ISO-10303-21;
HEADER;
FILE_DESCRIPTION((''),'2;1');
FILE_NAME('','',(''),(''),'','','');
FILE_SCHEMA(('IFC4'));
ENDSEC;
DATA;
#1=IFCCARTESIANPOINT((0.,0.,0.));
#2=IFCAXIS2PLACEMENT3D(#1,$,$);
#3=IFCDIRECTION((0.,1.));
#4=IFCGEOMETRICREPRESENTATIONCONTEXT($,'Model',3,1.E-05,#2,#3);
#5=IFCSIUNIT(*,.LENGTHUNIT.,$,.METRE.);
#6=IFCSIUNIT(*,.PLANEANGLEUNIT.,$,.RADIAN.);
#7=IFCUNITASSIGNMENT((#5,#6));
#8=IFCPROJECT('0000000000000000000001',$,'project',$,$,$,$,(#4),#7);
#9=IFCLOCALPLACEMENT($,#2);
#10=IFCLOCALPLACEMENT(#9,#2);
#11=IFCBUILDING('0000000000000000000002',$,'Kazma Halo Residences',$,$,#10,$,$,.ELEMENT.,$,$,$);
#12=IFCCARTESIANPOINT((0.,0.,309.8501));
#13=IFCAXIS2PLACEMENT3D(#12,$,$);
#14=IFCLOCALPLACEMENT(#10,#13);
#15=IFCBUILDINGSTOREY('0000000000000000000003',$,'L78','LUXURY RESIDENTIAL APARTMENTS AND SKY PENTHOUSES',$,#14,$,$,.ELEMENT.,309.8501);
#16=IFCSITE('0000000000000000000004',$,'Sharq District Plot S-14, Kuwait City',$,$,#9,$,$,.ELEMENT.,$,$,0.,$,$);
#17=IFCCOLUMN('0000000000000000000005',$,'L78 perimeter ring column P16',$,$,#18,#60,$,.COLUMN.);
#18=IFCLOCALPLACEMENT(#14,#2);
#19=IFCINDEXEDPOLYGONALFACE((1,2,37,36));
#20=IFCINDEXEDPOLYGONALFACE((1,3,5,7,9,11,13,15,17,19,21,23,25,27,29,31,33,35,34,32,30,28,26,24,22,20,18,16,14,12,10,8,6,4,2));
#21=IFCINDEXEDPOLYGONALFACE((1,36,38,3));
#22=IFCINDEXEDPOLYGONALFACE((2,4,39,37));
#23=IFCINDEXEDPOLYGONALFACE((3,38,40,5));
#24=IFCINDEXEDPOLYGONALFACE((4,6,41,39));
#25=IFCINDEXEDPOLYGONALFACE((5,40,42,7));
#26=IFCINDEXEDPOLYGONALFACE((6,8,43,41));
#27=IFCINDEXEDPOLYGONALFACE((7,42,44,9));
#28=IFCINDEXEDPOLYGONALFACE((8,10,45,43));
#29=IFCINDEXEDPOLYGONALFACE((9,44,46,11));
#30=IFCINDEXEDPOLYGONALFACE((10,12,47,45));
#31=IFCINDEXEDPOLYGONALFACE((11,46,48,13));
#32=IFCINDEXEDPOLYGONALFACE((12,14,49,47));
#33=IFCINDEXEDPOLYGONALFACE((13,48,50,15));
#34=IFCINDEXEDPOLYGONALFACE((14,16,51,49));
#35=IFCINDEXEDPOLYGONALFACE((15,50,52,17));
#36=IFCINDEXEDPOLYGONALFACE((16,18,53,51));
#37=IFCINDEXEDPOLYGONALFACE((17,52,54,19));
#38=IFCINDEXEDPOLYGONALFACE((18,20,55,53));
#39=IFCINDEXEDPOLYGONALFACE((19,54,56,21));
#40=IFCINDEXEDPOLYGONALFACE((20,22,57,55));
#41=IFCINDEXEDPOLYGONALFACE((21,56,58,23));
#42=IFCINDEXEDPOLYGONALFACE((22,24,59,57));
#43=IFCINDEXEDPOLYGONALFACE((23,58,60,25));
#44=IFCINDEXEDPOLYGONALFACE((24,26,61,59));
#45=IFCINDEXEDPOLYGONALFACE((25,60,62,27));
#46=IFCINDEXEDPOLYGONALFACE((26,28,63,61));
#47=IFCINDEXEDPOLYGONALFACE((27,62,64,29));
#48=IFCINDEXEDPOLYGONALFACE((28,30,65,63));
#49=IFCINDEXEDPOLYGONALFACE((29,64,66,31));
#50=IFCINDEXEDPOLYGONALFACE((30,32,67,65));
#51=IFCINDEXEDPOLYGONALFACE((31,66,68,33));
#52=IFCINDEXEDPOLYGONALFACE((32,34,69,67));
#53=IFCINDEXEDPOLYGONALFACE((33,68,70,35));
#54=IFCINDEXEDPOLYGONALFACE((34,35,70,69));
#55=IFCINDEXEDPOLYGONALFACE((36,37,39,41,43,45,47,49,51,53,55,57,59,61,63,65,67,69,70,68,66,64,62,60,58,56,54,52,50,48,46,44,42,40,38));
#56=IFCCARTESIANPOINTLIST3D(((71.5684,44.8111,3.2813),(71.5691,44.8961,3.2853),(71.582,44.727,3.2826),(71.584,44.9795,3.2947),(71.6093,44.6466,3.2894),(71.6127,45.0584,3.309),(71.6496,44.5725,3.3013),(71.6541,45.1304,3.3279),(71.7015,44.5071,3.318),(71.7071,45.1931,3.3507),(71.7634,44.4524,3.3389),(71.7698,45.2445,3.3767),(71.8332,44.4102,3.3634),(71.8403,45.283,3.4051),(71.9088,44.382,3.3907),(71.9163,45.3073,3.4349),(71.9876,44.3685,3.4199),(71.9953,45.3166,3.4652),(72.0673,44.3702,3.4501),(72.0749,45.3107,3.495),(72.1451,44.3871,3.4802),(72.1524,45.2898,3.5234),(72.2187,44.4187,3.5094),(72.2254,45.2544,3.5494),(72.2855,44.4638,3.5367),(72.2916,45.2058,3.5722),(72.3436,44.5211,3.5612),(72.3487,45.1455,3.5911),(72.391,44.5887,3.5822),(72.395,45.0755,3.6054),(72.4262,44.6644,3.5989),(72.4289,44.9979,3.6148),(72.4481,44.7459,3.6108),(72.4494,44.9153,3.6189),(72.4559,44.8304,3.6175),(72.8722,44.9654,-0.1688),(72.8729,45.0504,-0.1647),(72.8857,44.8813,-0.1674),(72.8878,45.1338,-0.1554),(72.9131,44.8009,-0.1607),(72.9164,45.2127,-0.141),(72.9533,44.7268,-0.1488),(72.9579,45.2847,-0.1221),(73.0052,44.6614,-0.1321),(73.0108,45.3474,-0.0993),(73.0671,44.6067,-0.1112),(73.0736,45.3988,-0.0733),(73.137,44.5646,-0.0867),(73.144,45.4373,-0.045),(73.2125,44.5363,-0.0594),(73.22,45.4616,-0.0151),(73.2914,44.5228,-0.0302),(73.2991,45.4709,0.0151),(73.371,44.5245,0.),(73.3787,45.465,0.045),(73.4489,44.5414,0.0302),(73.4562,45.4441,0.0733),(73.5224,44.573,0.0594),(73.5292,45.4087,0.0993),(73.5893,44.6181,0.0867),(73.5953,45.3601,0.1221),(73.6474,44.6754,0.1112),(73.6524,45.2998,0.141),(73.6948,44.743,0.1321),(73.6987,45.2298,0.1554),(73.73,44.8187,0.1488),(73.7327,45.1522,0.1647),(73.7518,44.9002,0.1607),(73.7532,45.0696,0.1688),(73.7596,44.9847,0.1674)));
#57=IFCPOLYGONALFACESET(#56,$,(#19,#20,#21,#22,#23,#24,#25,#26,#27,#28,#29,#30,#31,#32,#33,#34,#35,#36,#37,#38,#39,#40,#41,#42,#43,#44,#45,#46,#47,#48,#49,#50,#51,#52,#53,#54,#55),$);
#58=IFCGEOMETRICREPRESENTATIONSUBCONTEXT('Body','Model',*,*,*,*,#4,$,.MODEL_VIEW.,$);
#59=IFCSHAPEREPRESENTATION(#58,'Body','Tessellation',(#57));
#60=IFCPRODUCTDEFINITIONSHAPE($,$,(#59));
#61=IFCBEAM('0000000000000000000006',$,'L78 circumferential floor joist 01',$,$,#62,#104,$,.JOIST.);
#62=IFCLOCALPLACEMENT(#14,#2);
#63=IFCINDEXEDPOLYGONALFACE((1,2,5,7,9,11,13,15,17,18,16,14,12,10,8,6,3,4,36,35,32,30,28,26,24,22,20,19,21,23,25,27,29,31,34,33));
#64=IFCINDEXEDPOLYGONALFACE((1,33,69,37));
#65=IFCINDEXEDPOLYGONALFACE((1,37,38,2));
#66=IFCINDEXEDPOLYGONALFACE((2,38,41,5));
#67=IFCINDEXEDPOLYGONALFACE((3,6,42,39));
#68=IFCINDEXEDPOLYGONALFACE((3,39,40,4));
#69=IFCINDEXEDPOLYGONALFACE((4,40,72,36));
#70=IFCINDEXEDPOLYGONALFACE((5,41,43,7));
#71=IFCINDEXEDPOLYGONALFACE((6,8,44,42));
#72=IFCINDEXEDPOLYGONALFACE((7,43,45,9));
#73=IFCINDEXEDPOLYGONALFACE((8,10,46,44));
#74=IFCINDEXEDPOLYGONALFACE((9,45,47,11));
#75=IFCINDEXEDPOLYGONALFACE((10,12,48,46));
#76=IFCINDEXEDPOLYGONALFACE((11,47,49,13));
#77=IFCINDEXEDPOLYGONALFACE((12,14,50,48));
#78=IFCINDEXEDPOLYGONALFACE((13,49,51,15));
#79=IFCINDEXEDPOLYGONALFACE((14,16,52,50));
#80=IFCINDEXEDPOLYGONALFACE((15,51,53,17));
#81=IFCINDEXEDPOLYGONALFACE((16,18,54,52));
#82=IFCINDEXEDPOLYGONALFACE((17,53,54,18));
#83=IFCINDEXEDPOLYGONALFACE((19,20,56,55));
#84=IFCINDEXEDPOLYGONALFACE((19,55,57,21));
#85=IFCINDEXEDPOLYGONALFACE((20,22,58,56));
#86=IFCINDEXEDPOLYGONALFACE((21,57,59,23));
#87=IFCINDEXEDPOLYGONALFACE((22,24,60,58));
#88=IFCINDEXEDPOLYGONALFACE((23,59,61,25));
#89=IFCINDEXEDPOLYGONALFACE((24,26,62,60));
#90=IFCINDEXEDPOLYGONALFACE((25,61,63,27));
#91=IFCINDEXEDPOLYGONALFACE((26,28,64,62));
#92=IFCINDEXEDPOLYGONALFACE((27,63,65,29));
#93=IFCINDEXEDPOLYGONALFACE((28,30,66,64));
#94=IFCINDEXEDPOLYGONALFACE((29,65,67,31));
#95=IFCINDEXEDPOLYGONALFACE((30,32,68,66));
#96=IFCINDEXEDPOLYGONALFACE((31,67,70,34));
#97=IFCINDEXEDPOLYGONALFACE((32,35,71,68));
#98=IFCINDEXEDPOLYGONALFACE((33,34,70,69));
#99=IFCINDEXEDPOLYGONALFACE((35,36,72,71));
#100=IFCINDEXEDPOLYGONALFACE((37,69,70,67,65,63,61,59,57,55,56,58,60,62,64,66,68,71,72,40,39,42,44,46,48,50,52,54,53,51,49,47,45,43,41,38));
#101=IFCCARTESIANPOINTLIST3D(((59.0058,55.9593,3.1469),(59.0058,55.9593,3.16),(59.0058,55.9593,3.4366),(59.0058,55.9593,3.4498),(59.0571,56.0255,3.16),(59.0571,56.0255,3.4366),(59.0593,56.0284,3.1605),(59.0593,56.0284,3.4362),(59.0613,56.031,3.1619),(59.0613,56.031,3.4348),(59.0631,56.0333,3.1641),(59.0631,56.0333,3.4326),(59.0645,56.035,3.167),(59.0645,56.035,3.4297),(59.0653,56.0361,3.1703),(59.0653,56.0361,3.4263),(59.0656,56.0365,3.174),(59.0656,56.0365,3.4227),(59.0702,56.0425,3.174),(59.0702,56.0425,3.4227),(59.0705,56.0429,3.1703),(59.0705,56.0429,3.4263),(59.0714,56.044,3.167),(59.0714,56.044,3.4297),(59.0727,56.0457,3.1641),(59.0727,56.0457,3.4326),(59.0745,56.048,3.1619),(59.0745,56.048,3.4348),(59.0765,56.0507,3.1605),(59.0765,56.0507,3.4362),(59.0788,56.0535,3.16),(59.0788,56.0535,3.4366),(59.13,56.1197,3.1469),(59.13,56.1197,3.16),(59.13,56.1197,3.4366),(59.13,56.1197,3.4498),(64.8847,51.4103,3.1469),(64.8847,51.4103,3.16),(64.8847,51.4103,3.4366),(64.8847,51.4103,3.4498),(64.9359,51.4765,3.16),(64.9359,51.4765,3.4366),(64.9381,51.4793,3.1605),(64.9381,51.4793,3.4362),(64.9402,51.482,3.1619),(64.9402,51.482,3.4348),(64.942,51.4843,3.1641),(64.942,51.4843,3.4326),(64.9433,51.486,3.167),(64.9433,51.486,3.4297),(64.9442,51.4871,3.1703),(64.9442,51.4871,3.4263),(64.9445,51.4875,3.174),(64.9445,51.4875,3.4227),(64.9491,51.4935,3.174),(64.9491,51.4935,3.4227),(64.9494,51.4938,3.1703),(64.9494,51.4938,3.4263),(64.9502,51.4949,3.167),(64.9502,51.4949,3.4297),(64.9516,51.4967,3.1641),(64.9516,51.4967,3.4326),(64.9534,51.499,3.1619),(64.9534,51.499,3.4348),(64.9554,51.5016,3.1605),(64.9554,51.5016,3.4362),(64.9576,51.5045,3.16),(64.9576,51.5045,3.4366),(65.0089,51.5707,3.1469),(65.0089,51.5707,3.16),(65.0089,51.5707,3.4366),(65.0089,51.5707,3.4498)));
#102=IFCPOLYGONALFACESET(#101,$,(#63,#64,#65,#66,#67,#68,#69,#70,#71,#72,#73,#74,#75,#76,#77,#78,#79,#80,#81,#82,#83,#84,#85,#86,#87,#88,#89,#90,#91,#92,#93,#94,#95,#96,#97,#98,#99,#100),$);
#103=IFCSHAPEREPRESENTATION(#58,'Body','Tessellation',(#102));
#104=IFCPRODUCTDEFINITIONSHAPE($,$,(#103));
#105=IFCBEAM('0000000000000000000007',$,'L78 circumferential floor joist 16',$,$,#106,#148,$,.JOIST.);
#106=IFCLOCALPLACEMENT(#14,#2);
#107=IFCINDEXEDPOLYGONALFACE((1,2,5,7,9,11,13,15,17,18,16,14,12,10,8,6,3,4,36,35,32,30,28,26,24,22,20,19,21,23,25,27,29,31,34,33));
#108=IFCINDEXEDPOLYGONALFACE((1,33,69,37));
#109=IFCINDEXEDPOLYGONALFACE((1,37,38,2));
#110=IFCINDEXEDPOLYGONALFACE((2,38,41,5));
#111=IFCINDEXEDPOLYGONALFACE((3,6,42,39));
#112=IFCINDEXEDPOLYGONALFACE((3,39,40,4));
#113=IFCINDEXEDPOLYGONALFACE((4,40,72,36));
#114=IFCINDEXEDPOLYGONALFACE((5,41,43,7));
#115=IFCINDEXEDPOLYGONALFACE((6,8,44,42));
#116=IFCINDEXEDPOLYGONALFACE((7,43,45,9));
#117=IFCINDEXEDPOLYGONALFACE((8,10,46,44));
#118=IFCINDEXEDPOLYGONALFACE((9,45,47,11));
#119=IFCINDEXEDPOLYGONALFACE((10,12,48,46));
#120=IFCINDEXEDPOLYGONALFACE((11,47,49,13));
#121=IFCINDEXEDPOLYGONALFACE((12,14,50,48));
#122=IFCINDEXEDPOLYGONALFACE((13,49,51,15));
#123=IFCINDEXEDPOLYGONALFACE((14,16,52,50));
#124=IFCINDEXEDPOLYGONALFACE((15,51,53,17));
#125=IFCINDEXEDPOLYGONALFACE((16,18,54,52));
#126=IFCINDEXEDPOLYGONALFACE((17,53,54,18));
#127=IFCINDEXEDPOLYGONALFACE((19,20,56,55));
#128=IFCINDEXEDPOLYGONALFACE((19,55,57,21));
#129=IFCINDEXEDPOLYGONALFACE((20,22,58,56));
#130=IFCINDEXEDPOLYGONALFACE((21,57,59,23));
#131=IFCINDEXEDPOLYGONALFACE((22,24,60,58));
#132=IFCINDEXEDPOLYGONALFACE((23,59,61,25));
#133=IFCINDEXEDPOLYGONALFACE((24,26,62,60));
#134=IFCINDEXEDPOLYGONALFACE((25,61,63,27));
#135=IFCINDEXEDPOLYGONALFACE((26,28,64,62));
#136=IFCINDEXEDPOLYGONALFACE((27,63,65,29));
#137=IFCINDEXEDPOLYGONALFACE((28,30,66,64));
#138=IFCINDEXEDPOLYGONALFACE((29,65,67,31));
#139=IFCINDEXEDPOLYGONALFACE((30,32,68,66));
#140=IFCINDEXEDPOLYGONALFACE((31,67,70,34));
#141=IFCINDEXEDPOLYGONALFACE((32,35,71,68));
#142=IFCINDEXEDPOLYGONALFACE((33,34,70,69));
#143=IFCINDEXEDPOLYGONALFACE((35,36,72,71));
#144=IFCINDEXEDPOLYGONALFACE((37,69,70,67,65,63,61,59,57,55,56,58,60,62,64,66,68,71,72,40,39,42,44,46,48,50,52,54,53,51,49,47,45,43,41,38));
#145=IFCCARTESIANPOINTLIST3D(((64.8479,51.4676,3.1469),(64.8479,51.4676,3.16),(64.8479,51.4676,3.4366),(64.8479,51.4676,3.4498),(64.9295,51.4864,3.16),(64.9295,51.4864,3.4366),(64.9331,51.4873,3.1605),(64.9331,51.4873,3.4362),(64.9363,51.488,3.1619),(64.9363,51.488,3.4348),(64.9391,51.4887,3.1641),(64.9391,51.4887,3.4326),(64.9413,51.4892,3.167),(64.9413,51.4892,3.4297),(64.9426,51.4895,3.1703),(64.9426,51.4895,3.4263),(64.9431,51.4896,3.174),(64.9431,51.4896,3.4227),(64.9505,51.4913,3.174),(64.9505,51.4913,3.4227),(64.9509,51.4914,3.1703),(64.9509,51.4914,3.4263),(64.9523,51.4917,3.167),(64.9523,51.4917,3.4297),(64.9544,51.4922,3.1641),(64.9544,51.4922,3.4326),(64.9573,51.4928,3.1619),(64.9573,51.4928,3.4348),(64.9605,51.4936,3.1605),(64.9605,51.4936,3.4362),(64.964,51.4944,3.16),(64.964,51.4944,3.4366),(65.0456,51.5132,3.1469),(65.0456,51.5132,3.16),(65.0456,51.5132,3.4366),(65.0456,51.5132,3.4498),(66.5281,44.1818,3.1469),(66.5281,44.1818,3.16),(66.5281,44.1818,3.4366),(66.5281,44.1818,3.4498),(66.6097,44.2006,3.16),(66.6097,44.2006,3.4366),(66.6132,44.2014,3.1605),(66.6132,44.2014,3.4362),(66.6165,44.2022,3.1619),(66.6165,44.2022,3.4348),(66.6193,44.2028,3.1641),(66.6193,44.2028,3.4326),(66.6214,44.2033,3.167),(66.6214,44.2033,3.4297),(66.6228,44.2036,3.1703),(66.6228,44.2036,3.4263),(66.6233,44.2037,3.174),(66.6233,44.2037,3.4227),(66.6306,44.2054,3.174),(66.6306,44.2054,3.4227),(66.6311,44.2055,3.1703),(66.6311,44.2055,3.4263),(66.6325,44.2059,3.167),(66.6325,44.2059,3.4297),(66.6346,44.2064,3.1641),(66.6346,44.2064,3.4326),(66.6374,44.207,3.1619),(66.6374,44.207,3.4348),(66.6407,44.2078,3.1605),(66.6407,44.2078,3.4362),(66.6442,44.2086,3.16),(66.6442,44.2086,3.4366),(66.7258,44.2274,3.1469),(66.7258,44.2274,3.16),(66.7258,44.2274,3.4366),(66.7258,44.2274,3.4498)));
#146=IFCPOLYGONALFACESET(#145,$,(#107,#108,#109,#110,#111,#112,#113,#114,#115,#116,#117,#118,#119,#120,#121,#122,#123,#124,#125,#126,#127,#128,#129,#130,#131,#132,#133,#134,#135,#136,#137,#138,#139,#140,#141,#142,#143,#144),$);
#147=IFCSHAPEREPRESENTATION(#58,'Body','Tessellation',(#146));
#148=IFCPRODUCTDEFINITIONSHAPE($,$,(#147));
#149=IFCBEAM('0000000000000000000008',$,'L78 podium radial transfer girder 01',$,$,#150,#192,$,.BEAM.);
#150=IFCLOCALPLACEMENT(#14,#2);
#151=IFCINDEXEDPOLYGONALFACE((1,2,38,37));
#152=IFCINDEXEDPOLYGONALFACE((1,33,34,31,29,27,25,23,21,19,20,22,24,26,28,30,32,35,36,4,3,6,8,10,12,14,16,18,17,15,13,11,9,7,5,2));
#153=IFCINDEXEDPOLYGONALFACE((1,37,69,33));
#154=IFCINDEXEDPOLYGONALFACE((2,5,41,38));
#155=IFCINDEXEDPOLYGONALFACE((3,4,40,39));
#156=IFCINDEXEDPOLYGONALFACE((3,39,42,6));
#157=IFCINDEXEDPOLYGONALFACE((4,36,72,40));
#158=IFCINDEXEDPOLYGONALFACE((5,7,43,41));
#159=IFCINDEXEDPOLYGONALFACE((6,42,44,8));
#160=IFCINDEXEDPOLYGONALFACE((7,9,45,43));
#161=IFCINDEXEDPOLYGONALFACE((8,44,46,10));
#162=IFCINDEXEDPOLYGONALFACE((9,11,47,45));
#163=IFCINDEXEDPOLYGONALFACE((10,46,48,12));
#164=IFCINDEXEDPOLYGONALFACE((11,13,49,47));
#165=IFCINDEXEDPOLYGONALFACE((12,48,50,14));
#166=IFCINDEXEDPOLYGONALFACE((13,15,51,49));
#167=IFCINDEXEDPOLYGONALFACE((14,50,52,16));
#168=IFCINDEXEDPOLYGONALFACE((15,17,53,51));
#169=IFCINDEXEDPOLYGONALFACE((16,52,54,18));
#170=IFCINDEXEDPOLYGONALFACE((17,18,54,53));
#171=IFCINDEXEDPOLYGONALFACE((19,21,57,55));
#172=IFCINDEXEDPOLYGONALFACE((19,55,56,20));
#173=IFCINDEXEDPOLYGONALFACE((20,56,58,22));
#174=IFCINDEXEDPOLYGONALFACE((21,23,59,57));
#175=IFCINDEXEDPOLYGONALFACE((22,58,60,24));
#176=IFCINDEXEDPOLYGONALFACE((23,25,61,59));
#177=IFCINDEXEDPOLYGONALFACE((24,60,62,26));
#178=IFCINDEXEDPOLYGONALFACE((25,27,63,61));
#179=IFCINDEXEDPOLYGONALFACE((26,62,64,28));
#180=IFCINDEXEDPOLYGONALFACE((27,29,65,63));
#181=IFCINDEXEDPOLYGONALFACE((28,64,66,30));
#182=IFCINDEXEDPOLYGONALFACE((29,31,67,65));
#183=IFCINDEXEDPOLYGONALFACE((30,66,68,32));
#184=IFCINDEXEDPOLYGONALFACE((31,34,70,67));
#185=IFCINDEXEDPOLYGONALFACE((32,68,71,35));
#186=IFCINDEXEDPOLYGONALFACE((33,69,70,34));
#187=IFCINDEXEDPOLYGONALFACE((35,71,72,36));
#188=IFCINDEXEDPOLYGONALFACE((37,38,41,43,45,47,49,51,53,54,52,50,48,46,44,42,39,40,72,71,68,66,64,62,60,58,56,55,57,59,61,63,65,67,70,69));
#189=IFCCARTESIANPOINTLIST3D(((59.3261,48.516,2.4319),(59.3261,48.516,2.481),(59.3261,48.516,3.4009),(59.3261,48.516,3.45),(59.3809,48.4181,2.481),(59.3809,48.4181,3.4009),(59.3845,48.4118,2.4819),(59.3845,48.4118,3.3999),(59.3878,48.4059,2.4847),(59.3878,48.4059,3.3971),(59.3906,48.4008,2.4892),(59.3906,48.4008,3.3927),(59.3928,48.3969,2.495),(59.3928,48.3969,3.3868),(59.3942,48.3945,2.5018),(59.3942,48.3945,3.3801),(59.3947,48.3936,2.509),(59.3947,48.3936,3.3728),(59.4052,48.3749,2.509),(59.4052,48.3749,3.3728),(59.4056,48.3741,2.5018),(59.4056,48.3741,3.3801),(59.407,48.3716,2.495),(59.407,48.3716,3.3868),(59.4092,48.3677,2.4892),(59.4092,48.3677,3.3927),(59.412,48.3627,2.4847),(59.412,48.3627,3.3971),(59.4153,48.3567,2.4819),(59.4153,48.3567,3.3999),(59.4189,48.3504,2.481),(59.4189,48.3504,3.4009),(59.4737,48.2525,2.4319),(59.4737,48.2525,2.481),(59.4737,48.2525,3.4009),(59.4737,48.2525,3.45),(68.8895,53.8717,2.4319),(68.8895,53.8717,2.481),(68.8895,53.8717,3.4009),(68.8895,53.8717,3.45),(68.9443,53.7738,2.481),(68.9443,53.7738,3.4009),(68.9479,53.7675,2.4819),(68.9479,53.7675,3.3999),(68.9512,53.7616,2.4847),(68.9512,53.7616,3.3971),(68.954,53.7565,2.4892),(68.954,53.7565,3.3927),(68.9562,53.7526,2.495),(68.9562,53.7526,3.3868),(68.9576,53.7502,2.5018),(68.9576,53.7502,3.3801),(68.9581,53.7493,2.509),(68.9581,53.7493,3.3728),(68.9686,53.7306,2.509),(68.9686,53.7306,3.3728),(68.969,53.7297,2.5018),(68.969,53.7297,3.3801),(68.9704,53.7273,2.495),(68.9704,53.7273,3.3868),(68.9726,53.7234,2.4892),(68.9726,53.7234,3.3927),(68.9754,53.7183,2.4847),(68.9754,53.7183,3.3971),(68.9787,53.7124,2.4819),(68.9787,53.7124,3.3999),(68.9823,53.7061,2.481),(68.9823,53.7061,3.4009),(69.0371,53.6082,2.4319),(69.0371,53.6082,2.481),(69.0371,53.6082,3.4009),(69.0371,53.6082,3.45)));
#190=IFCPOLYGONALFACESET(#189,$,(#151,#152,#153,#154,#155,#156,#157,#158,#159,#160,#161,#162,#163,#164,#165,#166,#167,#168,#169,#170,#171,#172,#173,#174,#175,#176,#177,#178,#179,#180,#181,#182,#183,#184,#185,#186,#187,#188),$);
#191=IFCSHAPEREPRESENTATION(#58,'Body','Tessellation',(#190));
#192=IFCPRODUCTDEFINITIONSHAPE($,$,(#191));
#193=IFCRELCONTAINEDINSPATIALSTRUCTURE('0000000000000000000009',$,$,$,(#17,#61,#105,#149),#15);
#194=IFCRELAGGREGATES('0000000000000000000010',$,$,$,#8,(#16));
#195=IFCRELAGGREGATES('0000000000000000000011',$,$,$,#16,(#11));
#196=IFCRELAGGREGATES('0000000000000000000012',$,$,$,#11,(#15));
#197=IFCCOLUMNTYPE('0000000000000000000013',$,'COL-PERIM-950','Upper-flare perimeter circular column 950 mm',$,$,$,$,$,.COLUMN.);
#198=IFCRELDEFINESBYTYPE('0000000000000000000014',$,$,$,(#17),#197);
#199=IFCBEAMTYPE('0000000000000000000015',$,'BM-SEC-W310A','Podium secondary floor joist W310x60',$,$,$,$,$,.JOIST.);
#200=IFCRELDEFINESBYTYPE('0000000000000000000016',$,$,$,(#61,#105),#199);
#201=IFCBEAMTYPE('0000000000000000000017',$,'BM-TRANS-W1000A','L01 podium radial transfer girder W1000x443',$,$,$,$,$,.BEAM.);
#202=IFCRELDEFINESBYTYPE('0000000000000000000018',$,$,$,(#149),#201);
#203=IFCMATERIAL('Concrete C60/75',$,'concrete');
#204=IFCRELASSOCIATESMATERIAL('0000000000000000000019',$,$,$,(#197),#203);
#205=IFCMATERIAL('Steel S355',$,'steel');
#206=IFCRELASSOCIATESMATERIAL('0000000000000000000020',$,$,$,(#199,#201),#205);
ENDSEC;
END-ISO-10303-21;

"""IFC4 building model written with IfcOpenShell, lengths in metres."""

from ifc_helpers import new_model, si_unit, direction, frame, origin, origin_2d, place, context, subcontext, project, spatial, circle, i_section, extrude, material, material_profile, profile_set, type_object, element, save


model = new_model("IFC4")

# Units and contexts
model_context = context("Model", 3, precision=1e-05, world=origin(), true_north=direction((0.0, 1.0)))
body_context = subcontext(model_context, "Body", "Model", "MODEL_VIEW")
ifc_project = project(units=[si_unit("LENGTHUNIT", "METRE"), si_unit("PLANEANGLEUNIT", "RADIAN")], contexts=[model_context])

# Site, building, storey
site_placement = place(None, origin())
site = spatial("IfcSite", under=ifc_project, at=site_placement, Name="Sharq District Plot S-14, Kuwait City", CompositionType="ELEMENT", RefElevation=0.0)
building_placement = place(site_placement, origin())
building = spatial("IfcBuilding", under=site, at=building_placement, Name="Kazma Halo Residences", CompositionType="ELEMENT")
storey_placement = place(building_placement, frame((0.0, 0.0, 309.8501)))
storey = spatial("IfcBuildingStorey", under=building, at=storey_placement, Name="L78", Description="LUXURY RESIDENTIAL APARTMENTS AND SKY PENTHOUSES", CompositionType="ELEMENT", Elevation=309.8501)

# Column
ifc_material_1 = material(Name="Concrete C60/75", Category="concrete")
ifc_material_profile_1 = material_profile(ifc_material_1, circle(Radius=0.4751, at=origin_2d()), Name="CIRC950")
ifc_profile_set_1 = profile_set([ifc_material_profile_1], Name="Concrete C60/75")
column_type = type_object("IfcColumnType", Name="COL-PERIM-950", Description="Upper-flare perimeter circular column 950 mm", PredefinedType="COLUMN", material=ifc_profile_set_1)
column_placement = place(storey_placement, frame((73.3152, 44.9963, 0.0), z_axis=(-0.353186, -0.0418, 0.934619), x_axis=(0.117532, -0.993069, 0.0)))
element("IfcColumn", 1, at=column_placement, inside=storey, type_object=column_type, Name="L78 perimeter ring column P16", PredefinedType="COLUMN", context=body_context, shape_type="SweptSolid", body=[
    extrude(circle(Radius=0.4751, at=origin_2d()), origin(), (0.0, 0.0, 1.0), 3.6914),
])

# Beams
ifc_material_2 = material(Name="Steel S355", Category="steel")
ifc_material_profile_2 = material_profile(ifc_material_2, i_section(OverallWidth=0.2029, OverallDepth=0.303, WebThickness=0.0076, FlangeThickness=0.0132, FilletRadius=0.0139, at=origin_2d()), Name="W310x60")
ifc_profile_set_2 = profile_set([ifc_material_profile_2], Name="Steel S355")
beam_type_1 = type_object("IfcBeamType", Name="BM-SEC-W310A", Description="Podium secondary floor joist W310x60", PredefinedType="JOIST", material=ifc_profile_set_2)
beam_1_placement = place(storey_placement, frame((64.9468, 51.4905, 3.2983), z_axis=(-0.790876, 0.611976, 0.0), x_axis=(-0.611976, -0.790876, 0.0)))
element("IfcBeam", 2, at=beam_1_placement, inside=storey, type_object=beam_type_1, Name="L78 circumferential floor joist 01", PredefinedType="JOIST", context=body_context, shape_type="SweptSolid", body=[
    extrude(i_section(OverallWidth=0.2029, OverallDepth=0.303, WebThickness=0.0076, FlangeThickness=0.0132, FilletRadius=0.0139, at=origin_2d()), origin(), (0.0, 0.0, 1.0), 7.4333),
])
beam_2_placement = place(storey_placement, frame((66.627, 44.2046, 3.2983), z_axis=(-0.224709, 0.974426, 0.0), x_axis=(-0.974426, -0.224709, 0.0)))
element("IfcBeam", 3, at=beam_2_placement, inside=storey, type_object=beam_type_1, Name="L78 circumferential floor joist 16", PredefinedType="JOIST", context=body_context, shape_type="SweptSolid", body=[
    extrude(i_section(OverallWidth=0.2029, OverallDepth=0.303, WebThickness=0.0076, FlangeThickness=0.0132, FilletRadius=0.0139, at=origin_2d()), origin(), (0.0, 0.0, 1.0), 7.4771),
])
ifc_material_profile_3 = material_profile(ifc_material_2, i_section(OverallWidth=0.302, OverallDepth=1.0181, WebThickness=0.0215, FlangeThickness=0.0491, FilletRadius=0.0281, at=origin_2d()), Name="W1000x443")
ifc_profile_set_3 = profile_set([ifc_material_profile_3], Name="Steel S355")
beam_type_2 = type_object("IfcBeamType", Name="BM-TRANS-W1000A", Description="L01 podium radial transfer girder W1000x443", PredefinedType="BEAM", material=ifc_profile_set_3)
beam_3_placement = place(storey_placement, frame((59.3999, 48.3843, 2.9409), z_axis=(0.8725, 0.488615, 0.0), x_axis=(-0.488615, 0.8725, 0.0)))
element("IfcBeam", 4, at=beam_3_placement, inside=storey, type_object=beam_type_2, Name="L78 podium radial transfer girder 01", PredefinedType="BEAM", context=body_context, shape_type="SweptSolid", body=[
    extrude(i_section(OverallWidth=0.302, OverallDepth=1.0181, WebThickness=0.0215, FlangeThickness=0.0491, FilletRadius=0.0281, at=origin_2d()), origin(), (0.0, 0.0, 1.0), 10.9609),
])

save(model, "model.ifc")
